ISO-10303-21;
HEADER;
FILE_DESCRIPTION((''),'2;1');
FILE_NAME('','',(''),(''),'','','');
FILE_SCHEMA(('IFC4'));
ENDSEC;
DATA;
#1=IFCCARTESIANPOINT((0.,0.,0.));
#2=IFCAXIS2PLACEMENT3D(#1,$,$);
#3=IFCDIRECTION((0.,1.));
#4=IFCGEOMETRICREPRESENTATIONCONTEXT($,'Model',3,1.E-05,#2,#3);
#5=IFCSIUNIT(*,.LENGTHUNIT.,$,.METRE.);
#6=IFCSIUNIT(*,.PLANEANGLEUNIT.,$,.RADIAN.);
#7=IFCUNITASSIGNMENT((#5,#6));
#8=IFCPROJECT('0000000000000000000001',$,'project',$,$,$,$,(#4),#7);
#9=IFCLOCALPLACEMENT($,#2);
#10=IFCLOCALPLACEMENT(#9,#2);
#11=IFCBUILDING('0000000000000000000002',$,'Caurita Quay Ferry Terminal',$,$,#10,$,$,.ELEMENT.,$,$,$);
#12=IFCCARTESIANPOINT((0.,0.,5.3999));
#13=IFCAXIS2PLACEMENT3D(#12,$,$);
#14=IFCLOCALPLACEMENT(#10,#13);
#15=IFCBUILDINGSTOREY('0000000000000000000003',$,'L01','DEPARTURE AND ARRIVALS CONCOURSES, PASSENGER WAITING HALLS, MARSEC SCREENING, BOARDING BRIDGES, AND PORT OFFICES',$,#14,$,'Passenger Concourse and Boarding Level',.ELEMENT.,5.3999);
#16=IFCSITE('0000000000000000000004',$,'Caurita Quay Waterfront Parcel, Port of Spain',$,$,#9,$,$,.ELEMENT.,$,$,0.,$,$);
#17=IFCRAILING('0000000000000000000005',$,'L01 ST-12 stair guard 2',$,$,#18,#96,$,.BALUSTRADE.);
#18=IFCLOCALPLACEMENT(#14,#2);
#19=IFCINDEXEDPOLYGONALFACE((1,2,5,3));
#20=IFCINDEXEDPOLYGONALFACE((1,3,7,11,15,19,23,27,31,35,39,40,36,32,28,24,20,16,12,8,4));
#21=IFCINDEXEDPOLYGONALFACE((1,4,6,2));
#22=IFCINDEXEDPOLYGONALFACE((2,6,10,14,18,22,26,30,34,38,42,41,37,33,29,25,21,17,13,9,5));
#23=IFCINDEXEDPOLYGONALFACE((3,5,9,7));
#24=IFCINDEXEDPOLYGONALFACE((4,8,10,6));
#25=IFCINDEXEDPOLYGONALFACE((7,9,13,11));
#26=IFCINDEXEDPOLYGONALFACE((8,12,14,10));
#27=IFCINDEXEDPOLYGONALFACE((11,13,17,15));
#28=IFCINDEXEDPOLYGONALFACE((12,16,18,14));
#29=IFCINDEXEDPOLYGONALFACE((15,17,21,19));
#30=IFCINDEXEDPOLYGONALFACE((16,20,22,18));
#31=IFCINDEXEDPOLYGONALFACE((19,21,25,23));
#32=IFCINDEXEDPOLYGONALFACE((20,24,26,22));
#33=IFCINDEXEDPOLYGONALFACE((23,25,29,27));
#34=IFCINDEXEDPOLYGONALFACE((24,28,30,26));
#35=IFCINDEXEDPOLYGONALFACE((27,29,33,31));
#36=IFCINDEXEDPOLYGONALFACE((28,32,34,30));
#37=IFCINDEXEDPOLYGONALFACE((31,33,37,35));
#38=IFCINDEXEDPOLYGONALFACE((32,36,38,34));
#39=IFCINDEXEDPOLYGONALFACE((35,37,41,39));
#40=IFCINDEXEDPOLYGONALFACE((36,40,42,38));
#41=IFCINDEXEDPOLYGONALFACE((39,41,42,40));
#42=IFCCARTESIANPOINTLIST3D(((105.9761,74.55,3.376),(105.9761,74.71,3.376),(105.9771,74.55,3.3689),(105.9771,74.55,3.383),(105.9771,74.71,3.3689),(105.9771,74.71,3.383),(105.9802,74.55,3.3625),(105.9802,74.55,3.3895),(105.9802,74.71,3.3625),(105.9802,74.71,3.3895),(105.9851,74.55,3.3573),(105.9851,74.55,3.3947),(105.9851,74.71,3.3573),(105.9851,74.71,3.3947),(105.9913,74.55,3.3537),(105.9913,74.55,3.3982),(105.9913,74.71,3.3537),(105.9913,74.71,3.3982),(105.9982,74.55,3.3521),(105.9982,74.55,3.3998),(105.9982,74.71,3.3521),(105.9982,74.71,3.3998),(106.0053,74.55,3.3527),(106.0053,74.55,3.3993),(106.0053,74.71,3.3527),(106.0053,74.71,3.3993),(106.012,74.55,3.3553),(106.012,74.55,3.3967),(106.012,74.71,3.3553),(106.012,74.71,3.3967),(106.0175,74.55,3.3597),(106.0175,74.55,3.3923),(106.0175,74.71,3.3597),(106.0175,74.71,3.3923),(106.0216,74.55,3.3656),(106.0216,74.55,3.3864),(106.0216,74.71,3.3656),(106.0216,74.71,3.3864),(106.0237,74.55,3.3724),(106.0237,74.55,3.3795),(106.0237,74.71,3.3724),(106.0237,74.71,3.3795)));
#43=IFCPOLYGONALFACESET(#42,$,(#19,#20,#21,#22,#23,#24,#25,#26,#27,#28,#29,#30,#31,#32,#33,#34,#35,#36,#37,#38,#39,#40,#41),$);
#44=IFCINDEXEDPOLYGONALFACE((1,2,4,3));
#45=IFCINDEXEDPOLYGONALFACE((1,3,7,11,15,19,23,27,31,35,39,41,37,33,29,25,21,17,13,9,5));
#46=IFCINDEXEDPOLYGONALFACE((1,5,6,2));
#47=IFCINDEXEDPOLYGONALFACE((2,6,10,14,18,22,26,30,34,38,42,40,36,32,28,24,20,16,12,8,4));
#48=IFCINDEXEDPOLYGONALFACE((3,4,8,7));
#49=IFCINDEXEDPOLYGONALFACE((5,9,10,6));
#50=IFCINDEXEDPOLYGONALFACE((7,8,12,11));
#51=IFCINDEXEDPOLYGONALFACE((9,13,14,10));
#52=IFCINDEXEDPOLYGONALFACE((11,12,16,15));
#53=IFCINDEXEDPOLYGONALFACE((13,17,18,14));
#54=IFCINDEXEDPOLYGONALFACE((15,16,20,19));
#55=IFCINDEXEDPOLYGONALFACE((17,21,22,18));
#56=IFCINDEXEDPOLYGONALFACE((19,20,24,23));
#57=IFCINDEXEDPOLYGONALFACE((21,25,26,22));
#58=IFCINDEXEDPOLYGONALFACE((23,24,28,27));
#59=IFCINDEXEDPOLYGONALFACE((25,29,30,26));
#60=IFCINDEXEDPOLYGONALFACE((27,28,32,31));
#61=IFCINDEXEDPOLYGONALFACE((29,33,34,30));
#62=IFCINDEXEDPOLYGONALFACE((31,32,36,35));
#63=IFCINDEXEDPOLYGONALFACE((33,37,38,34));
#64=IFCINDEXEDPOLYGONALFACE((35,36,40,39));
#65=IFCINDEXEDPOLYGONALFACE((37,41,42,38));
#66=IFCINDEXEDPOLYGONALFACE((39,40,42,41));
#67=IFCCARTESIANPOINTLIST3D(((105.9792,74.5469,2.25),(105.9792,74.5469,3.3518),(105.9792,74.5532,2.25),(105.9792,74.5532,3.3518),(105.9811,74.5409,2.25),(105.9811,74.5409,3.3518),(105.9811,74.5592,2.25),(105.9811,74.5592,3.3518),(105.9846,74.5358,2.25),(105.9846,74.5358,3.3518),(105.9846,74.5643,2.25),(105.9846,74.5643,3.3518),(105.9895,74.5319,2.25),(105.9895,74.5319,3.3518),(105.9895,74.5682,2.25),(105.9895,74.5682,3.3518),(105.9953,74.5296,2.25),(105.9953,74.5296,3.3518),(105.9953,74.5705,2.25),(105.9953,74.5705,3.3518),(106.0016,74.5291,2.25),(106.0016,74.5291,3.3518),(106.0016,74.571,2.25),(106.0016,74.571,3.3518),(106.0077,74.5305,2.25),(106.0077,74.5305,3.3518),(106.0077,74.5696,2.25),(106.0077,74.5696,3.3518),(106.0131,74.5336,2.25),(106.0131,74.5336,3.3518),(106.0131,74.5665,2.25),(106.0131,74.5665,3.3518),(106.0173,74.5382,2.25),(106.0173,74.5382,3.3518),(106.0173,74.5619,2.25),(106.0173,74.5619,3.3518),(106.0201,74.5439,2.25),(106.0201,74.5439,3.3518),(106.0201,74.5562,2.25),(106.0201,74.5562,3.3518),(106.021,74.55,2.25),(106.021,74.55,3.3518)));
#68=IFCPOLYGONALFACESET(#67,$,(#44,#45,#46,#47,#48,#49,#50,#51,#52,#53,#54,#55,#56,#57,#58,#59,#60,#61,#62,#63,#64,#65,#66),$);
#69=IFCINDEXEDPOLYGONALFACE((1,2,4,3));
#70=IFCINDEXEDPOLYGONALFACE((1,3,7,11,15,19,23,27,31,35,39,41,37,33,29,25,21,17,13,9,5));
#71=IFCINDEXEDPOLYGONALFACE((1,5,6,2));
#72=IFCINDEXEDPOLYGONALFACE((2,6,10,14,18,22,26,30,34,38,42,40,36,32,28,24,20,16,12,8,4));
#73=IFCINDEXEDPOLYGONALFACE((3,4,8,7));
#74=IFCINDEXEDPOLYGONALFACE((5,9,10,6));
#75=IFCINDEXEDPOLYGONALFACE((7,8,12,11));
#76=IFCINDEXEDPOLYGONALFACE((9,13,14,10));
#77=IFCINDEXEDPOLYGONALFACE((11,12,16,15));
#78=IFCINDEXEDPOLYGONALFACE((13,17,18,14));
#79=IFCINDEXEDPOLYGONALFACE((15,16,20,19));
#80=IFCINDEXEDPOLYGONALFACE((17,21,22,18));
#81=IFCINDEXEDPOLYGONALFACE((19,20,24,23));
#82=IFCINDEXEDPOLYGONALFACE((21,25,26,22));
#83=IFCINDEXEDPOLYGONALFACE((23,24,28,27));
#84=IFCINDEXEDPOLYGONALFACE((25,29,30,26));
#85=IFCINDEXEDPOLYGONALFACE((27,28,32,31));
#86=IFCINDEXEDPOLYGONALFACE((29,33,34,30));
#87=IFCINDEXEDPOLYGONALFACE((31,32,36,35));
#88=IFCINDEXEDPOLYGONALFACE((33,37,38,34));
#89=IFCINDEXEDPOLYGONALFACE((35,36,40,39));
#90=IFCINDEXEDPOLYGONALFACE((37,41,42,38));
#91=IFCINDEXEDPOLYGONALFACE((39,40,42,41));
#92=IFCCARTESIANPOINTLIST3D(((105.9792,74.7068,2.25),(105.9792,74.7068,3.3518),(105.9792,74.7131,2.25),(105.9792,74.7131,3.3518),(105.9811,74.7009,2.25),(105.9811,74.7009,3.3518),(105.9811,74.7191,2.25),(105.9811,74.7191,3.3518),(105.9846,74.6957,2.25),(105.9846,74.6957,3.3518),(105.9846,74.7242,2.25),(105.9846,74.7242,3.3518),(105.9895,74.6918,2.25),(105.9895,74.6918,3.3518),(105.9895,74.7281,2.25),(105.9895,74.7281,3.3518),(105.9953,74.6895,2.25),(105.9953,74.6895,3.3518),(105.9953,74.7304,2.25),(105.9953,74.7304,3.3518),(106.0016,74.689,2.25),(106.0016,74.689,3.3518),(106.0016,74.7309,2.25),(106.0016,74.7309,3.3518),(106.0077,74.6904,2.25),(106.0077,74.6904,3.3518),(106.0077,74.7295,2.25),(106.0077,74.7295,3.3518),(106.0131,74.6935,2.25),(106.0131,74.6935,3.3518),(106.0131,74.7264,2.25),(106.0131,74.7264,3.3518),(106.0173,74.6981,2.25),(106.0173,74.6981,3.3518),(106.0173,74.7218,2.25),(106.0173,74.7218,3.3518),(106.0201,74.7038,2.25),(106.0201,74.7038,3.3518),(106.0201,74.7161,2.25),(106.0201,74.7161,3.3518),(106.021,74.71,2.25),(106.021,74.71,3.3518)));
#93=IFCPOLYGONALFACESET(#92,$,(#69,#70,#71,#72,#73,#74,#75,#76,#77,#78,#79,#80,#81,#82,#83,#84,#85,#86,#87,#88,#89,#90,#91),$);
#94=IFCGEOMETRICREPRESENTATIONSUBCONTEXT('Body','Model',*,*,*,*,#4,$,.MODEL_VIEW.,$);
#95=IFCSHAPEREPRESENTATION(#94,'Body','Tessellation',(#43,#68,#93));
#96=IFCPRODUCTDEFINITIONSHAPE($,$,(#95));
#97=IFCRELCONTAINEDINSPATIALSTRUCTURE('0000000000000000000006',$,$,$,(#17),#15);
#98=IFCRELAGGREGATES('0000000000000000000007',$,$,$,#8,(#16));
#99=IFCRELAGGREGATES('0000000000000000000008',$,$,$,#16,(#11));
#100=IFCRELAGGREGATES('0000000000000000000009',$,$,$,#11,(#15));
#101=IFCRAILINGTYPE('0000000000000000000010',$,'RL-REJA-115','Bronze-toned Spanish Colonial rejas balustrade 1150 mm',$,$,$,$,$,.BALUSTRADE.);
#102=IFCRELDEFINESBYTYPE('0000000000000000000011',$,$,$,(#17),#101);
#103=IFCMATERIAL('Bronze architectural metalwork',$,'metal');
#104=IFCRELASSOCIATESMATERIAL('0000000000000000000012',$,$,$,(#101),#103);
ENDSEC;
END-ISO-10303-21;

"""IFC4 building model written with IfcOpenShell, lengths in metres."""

from ifc_helpers import new_model, si_unit, direction, frame, origin, origin_2d, place, context, subcontext, project, spatial, circle, extrude, material, type_object, element, save


model = new_model("IFC4")

# Units and contexts
model_context = context("Model", 3, precision=1e-05, world=origin(), true_north=direction((0.0, 1.0)))
body_context = subcontext(model_context, "Body", "Model", "MODEL_VIEW")
ifc_project = project(units=[si_unit("LENGTHUNIT", "METRE"), si_unit("PLANEANGLEUNIT", "RADIAN")], contexts=[model_context])

# Site, building, storey
site_placement = place(None, origin())
site = spatial("IfcSite", under=ifc_project, at=site_placement, Name="Caurita Quay Waterfront Parcel, Port of Spain", CompositionType="ELEMENT", RefElevation=0.0)
building_placement = place(site_placement, origin())
building = spatial("IfcBuilding", under=site, at=building_placement, Name="Caurita Quay Ferry Terminal", CompositionType="ELEMENT")
storey_placement = place(building_placement, frame((0.0, 0.0, 5.3999)))
storey = spatial("IfcBuildingStorey", under=building, at=storey_placement, Name="L01", Description="DEPARTURE AND ARRIVALS CONCOURSES, PASSENGER WAITING HALLS, MARSEC SCREENING, BOARDING BRIDGES, AND PORT OFFICES", LongName="Passenger Concourse and Boarding Level", CompositionType="ELEMENT", Elevation=5.3999)

# Shared definitions
ifc_material_1 = material(Name="Bronze architectural metalwork", Category="metal")

# Railing
railing_type_1 = type_object("IfcRailingType", Name="RL-REJA-115", Description="Bronze-toned Spanish Colonial rejas balustrade 1150 mm", PredefinedType="BALUSTRADE", material=ifc_material_1)
railing_1_placement = place(storey_placement, frame((106.0, 74.55, 2.25)))
element("IfcRailing", 1, at=railing_1_placement, inside=storey, type_object=railing_type_1, Name="L01 ST-12 stair guard 2", PredefinedType="BALUSTRADE", context=body_context, shape_type="SweptSolid", body=[
    extrude(circle(Radius=0.0239, at=origin_2d()), frame((0.0, 0.0, 1.126), z_axis=(0.0, 1.0, 0.0), x_axis=(-1.0, 0.0, 0.0)), (0.0, 0.0, 1.0), 0.1599),
    extrude(circle(Radius=0.021, at=origin_2d()), origin(), (0.0, 0.0, 1.0), 1.1018),
    extrude(circle(Radius=0.021, at=origin_2d()), frame((0.0, 0.1599, 0.0)), (0.0, 0.0, 1.0), 1.1018),
])

save(model, "model.ifc")
